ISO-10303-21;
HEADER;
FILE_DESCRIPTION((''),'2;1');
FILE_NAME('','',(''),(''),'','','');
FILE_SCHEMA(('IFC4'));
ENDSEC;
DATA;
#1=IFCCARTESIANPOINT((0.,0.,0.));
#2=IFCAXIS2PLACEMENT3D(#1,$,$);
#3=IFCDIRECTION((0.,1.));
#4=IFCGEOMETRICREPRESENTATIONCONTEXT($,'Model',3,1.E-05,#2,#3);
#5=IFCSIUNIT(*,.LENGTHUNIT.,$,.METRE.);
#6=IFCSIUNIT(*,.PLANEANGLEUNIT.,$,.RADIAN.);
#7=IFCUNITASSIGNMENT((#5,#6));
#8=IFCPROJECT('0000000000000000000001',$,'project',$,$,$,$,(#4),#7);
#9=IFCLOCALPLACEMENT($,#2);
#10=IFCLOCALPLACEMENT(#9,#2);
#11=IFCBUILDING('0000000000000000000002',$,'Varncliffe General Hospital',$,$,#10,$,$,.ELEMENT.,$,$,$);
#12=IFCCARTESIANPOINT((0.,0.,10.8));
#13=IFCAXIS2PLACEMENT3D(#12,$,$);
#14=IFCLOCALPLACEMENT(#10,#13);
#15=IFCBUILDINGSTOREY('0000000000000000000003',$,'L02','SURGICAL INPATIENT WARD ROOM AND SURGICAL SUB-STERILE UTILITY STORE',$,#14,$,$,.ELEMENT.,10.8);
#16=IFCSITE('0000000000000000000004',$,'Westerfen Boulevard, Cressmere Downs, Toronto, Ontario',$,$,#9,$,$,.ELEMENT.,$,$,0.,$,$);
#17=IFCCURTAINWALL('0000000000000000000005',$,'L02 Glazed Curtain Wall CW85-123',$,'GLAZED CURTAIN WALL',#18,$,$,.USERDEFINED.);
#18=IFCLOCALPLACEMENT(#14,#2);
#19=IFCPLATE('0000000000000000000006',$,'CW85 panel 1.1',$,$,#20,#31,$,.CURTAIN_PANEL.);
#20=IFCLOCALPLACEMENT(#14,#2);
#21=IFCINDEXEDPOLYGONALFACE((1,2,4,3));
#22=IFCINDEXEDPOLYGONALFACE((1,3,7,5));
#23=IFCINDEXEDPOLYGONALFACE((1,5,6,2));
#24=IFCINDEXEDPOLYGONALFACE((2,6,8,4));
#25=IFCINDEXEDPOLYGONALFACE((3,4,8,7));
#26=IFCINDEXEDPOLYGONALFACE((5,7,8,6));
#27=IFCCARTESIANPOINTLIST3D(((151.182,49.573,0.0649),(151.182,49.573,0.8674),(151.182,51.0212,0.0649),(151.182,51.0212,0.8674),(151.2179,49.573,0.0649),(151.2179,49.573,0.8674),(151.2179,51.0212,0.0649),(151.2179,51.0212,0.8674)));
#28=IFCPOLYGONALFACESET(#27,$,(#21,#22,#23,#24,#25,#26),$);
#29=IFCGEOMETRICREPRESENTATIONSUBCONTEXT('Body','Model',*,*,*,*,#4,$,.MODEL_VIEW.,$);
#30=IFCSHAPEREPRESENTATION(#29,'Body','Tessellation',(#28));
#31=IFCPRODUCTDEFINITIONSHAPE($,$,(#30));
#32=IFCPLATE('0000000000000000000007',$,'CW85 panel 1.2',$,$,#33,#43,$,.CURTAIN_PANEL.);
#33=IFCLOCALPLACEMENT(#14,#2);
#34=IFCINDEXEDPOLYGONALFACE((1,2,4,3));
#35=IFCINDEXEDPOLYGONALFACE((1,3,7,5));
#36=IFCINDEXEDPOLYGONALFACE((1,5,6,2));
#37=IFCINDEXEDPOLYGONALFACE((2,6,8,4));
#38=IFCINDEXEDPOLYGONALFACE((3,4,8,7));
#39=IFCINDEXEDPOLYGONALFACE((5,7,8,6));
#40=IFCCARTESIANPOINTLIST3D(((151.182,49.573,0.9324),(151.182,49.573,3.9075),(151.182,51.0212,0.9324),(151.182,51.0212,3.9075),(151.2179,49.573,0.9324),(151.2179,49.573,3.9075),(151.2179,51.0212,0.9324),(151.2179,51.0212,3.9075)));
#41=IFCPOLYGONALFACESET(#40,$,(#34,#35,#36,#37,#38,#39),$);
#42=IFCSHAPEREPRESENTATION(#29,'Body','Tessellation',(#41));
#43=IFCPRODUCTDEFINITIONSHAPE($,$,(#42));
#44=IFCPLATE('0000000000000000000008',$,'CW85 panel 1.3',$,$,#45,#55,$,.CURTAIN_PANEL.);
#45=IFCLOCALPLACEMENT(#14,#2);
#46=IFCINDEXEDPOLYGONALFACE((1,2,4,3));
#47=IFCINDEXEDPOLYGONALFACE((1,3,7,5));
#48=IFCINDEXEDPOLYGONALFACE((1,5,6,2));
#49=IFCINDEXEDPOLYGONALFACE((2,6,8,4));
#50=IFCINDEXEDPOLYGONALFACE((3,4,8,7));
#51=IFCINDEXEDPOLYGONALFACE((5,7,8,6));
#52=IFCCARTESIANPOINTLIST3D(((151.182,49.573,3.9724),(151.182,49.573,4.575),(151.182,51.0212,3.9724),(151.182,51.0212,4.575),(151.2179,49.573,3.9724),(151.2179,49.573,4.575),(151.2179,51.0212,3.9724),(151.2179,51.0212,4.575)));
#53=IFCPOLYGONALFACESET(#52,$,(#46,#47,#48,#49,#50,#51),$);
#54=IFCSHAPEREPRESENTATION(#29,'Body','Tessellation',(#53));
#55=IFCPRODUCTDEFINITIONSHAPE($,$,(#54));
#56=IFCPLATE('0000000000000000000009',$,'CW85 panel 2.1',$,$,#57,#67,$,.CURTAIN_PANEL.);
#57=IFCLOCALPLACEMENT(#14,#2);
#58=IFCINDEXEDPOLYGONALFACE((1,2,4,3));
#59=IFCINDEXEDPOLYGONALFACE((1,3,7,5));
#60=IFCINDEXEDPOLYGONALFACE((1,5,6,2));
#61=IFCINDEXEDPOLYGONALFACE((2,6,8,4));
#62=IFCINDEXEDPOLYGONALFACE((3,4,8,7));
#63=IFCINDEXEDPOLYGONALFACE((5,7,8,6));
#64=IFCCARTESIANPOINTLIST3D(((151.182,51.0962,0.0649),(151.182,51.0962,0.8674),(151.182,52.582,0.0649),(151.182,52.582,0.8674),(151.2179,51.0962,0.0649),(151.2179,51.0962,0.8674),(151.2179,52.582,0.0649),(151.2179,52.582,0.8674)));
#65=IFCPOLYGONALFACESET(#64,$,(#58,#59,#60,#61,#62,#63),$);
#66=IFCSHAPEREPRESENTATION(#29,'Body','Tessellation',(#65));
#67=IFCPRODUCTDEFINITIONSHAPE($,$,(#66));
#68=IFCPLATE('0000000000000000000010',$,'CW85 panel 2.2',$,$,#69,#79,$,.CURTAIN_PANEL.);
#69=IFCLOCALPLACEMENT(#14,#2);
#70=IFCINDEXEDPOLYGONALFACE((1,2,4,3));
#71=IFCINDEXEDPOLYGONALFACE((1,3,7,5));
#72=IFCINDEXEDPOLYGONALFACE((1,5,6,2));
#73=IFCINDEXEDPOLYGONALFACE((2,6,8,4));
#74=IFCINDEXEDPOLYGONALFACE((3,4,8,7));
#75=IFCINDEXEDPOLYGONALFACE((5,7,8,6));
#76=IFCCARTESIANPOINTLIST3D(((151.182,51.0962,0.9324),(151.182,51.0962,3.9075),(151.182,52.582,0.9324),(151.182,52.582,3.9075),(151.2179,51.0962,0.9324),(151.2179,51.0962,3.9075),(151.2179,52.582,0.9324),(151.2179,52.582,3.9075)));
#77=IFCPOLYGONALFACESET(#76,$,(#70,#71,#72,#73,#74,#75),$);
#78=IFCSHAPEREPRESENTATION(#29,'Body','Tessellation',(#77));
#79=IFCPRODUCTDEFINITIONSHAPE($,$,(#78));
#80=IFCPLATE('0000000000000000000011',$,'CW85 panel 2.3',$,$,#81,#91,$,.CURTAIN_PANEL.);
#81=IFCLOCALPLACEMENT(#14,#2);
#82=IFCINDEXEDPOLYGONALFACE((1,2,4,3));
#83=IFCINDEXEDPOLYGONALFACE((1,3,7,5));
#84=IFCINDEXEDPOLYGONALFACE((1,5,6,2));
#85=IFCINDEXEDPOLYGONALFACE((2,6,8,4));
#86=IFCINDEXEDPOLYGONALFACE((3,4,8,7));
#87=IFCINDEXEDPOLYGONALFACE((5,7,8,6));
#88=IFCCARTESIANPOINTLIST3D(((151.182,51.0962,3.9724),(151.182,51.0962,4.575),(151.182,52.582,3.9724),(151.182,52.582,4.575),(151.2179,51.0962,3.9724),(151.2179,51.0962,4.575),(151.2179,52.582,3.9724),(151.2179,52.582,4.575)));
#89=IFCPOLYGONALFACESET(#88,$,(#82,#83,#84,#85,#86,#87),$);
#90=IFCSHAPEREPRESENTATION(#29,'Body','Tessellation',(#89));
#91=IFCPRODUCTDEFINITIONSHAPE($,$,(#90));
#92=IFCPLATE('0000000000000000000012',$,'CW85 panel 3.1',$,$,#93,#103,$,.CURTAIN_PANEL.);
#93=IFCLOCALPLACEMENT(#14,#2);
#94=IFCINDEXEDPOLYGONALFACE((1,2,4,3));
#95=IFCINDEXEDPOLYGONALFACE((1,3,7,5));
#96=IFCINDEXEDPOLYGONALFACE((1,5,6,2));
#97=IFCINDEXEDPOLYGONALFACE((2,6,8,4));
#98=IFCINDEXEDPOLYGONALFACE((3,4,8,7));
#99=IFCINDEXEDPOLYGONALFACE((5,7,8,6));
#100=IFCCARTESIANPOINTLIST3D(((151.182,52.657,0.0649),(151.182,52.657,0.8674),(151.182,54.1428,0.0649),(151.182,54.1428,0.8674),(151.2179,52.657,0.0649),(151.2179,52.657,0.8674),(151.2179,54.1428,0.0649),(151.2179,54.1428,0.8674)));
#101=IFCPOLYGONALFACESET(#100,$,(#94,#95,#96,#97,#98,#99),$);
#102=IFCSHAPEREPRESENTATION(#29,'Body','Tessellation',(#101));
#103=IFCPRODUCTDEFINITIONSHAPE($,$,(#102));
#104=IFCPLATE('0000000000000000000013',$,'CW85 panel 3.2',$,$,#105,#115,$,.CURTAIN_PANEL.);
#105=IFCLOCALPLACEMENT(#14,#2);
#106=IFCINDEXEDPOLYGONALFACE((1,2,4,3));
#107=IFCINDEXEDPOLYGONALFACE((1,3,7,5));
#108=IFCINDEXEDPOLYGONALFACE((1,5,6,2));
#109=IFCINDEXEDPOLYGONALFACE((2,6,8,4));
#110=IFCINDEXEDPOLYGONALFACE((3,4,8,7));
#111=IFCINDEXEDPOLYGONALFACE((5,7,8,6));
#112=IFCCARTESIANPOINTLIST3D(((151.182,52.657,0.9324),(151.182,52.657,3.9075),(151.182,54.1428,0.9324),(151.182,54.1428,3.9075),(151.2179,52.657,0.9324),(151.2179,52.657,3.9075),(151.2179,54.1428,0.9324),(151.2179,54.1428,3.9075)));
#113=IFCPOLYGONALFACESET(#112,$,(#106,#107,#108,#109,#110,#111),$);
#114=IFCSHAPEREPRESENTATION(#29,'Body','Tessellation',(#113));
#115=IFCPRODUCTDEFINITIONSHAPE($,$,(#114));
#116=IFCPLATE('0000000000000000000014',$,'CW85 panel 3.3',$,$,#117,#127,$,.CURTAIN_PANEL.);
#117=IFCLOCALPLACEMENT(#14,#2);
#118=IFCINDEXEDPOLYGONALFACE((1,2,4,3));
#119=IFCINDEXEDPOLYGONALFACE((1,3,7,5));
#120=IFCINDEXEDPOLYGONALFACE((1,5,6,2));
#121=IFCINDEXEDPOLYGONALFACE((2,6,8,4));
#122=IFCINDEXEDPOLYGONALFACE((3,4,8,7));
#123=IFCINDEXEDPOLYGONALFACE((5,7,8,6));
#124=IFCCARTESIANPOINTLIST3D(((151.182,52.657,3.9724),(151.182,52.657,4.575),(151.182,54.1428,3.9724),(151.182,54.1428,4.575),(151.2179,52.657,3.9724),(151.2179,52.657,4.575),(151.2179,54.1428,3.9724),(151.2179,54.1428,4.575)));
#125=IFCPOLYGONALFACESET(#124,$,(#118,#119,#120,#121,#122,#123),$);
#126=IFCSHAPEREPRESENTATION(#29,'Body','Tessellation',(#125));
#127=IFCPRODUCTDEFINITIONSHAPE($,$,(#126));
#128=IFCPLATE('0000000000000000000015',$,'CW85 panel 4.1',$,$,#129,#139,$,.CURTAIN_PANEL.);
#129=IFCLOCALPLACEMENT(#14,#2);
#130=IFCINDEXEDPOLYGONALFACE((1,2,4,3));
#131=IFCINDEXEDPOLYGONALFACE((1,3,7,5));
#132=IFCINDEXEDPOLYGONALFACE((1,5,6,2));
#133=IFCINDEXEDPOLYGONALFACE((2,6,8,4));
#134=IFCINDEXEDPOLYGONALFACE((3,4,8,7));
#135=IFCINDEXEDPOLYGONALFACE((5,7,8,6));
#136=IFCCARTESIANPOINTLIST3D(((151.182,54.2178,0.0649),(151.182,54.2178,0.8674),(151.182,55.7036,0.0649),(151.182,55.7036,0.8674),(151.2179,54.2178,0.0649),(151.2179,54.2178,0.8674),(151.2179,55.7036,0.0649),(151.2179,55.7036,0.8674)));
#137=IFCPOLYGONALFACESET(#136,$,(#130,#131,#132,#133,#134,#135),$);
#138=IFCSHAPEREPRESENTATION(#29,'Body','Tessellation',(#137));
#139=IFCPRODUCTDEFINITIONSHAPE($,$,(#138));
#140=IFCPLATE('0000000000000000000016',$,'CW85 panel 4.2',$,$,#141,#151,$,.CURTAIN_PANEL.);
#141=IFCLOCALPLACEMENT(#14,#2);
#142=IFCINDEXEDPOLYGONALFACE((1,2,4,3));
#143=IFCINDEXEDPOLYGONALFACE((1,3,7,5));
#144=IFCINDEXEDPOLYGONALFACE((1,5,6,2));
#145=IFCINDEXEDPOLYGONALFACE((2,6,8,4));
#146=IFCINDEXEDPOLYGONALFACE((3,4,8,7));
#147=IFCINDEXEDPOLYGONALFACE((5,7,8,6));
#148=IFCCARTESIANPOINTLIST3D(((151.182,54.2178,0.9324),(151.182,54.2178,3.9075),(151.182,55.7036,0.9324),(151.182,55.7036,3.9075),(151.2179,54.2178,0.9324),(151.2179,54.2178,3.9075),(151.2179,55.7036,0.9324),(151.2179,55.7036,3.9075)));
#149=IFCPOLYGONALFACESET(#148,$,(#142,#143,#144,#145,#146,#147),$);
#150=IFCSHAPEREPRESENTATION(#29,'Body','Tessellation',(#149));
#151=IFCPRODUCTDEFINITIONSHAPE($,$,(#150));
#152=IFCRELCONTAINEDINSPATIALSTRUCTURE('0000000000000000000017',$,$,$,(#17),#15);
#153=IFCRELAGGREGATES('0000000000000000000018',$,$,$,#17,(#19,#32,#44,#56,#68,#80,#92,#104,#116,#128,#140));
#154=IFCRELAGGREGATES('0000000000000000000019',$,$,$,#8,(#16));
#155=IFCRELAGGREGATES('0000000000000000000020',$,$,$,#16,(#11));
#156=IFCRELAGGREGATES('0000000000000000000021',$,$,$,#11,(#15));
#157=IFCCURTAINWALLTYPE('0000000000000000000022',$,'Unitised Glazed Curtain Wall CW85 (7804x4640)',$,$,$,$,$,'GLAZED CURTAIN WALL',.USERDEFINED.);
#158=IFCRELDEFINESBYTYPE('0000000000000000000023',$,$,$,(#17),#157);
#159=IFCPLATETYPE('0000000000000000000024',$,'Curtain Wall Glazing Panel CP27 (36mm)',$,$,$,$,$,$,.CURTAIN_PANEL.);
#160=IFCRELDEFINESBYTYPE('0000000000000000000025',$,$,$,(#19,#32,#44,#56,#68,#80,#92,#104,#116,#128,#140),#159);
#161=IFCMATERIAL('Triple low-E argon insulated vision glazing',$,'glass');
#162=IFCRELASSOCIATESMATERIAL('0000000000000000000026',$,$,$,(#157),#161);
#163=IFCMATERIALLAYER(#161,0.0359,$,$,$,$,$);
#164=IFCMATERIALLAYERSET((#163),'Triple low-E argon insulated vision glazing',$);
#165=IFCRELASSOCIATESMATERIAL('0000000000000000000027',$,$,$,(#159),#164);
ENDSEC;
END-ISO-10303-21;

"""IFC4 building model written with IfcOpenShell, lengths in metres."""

from ifc_helpers import new_model, si_unit, direction, frame, origin, origin_2d, place, context, subcontext, project, spatial, rectangle, extrude, material, layer, layer_set, type_object, element, aggregate, save


model = new_model("IFC4")

# Units and contexts
model_context = context("Model", 3, precision=1e-05, world=origin(), true_north=direction((0.0, 1.0)))
body_context = subcontext(model_context, "Body", "Model", "MODEL_VIEW")
ifc_project = project(units=[si_unit("LENGTHUNIT", "METRE"), si_unit("PLANEANGLEUNIT", "RADIAN")], contexts=[model_context])

# Site, building, storey
site_placement = place(None, origin())
site = spatial("IfcSite", under=ifc_project, at=site_placement, Name="Westerfen Boulevard, Cressmere Downs, Toronto, Ontario", CompositionType="ELEMENT", RefElevation=0.0)
building_placement = place(site_placement, origin())
building = spatial("IfcBuilding", under=site, at=building_placement, Name="Varncliffe General Hospital", CompositionType="ELEMENT")
storey_placement = place(building_placement, frame((0.0, 0.0, 10.8)))
storey = spatial("IfcBuildingStorey", under=building, at=storey_placement, Name="L02", Description="SURGICAL INPATIENT WARD ROOM AND SURGICAL SUB-STERILE UTILITY STORE", CompositionType="ELEMENT", Elevation=10.8)

# Curtain wall, plates
ifc_material_1 = material(Name="Triple low-E argon insulated vision glazing", Category="glass")
curtain_wall_type = type_object("IfcCurtainWallType", Name="Unitised Glazed Curtain Wall CW85 (7804x4640)", ElementType="GLAZED CURTAIN WALL", PredefinedType="USERDEFINED", material=ifc_material_1)
curtain_wall_placement = place(storey_placement, origin())
curtain_wall = element("IfcCurtainWall", 1, at=curtain_wall_placement, inside=storey, type_object=curtain_wall_type, Name="L02 Glazed Curtain Wall CW85-123", ObjectType="GLAZED CURTAIN WALL", PredefinedType="USERDEFINED")
ifc_layer = layer(ifc_material_1, 0.0359)
ifc_layer_set = layer_set([ifc_layer], Name="Triple low-E argon insulated vision glazing")
plate_type = type_object("IfcPlateType", Name="Curtain Wall Glazing Panel CP27 (36mm)", PredefinedType="CURTAIN_PANEL", material=ifc_layer_set)
plate_1_placement = place(storey_placement, frame((151.2, 50.2971, 0.0649), z_axis=(0.0, 0.0, 1.0), x_axis=(0.0, 1.0, 0.0)))
plate_1 = element("IfcPlate", 2, at=plate_1_placement, type_object=plate_type, Name="CW85 panel 1.1", PredefinedType="CURTAIN_PANEL", context=body_context, shape_type="SweptSolid", body=[
    extrude(rectangle(XDim=1.4482, YDim=0.0359, at=origin_2d()), origin(), (0.0, 0.0, 1.0), 0.8025),
])
plate_2_placement = place(storey_placement, frame((151.2, 50.2971, 0.9324), z_axis=(0.0, 0.0, 1.0), x_axis=(0.0, 1.0, 0.0)))
plate_2 = element("IfcPlate", 3, at=plate_2_placement, type_object=plate_type, Name="CW85 panel 1.2", PredefinedType="CURTAIN_PANEL", context=body_context, shape_type="SweptSolid", body=[
    extrude(rectangle(XDim=1.4482, YDim=0.0359, at=origin_2d()), origin(), (0.0, 0.0, 1.0), 2.9751),
])
plate_3_placement = place(storey_placement, frame((151.2, 50.2971, 3.9724), z_axis=(0.0, 0.0, 1.0), x_axis=(0.0, 1.0, 0.0)))
plate_3 = element("IfcPlate", 4, at=plate_3_placement, type_object=plate_type, Name="CW85 panel 1.3", PredefinedType="CURTAIN_PANEL", context=body_context, shape_type="SweptSolid", body=[
    extrude(rectangle(XDim=1.4482, YDim=0.0359, at=origin_2d()), origin(), (0.0, 0.0, 1.0), 0.6025),
])
plate_4_placement = place(storey_placement, frame((151.2, 51.8391, 0.0649), z_axis=(0.0, 0.0, 1.0), x_axis=(0.0, 1.0, 0.0)))
plate_4 = element("IfcPlate", 5, at=plate_4_placement, type_object=plate_type, Name="CW85 panel 2.1", PredefinedType="CURTAIN_PANEL", context=body_context, shape_type="SweptSolid", body=[
    extrude(rectangle(XDim=1.4858, YDim=0.0359, at=origin_2d()), origin(), (0.0, 0.0, 1.0), 0.8025),
])
plate_5_placement = place(storey_placement, frame((151.2, 51.8391, 0.9324), z_axis=(0.0, 0.0, 1.0), x_axis=(0.0, 1.0, 0.0)))
plate_5 = element("IfcPlate", 6, at=plate_5_placement, type_object=plate_type, Name="CW85 panel 2.2", PredefinedType="CURTAIN_PANEL", context=body_context, shape_type="SweptSolid", body=[
    extrude(rectangle(XDim=1.4858, YDim=0.0359, at=origin_2d()), origin(), (0.0, 0.0, 1.0), 2.9751),
])
plate_6_placement = place(storey_placement, frame((151.2, 51.8391, 3.9724), z_axis=(0.0, 0.0, 1.0), x_axis=(0.0, 1.0, 0.0)))
plate_6 = element("IfcPlate", 7, at=plate_6_placement, type_object=plate_type, Name="CW85 panel 2.3", PredefinedType="CURTAIN_PANEL", context=body_context, shape_type="SweptSolid", body=[
    extrude(rectangle(XDim=1.4858, YDim=0.0359, at=origin_2d()), origin(), (0.0, 0.0, 1.0), 0.6025),
])
plate_7_placement = place(storey_placement, frame((151.2, 53.3999, 0.0649), z_axis=(0.0, 0.0, 1.0), x_axis=(0.0, 1.0, 0.0)))
plate_7 = element("IfcPlate", 8, at=plate_7_placement, type_object=plate_type, Name="CW85 panel 3.1", PredefinedType="CURTAIN_PANEL", context=body_context, shape_type="SweptSolid", body=[
    extrude(rectangle(XDim=1.4858, YDim=0.0359, at=origin_2d()), origin(), (0.0, 0.0, 1.0), 0.8025),
])
plate_8_placement = place(storey_placement, frame((151.2, 53.3999, 0.9324), z_axis=(0.0, 0.0, 1.0), x_axis=(0.0, 1.0, 0.0)))
plate_8 = element("IfcPlate", 9, at=plate_8_placement, type_object=plate_type, Name="CW85 panel 3.2", PredefinedType="CURTAIN_PANEL", context=body_context, shape_type="SweptSolid", body=[
    extrude(rectangle(XDim=1.4858, YDim=0.0359, at=origin_2d()), origin(), (0.0, 0.0, 1.0), 2.9751),
])
plate_9_placement = place(storey_placement, frame((151.2, 53.3999, 3.9724), z_axis=(0.0, 0.0, 1.0), x_axis=(0.0, 1.0, 0.0)))
plate_9 = element("IfcPlate", 10, at=plate_9_placement, type_object=plate_type, Name="CW85 panel 3.3", PredefinedType="CURTAIN_PANEL", context=body_context, shape_type="SweptSolid", body=[
    extrude(rectangle(XDim=1.4858, YDim=0.0359, at=origin_2d()), origin(), (0.0, 0.0, 1.0), 0.6025),
])
plate_10_placement = place(storey_placement, frame((151.2, 54.9607, 0.0649), z_axis=(0.0, 0.0, 1.0), x_axis=(0.0, 1.0, 0.0)))
plate_10 = element("IfcPlate", 11, at=plate_10_placement, type_object=plate_type, Name="CW85 panel 4.1", PredefinedType="CURTAIN_PANEL", context=body_context, shape_type="SweptSolid", body=[
    extrude(rectangle(XDim=1.4858, YDim=0.0359, at=origin_2d()), origin(), (0.0, 0.0, 1.0), 0.8025),
])
plate_11_placement = place(storey_placement, frame((151.2, 54.9607, 0.9324), z_axis=(0.0, 0.0, 1.0), x_axis=(0.0, 1.0, 0.0)))
plate_11 = element("IfcPlate", 12, at=plate_11_placement, type_object=plate_type, Name="CW85 panel 4.2", PredefinedType="CURTAIN_PANEL", context=body_context, shape_type="SweptSolid", body=[
    extrude(rectangle(XDim=1.4858, YDim=0.0359, at=origin_2d()), origin(), (0.0, 0.0, 1.0), 2.9751),
])
aggregate(curtain_wall, [plate_1, plate_2, plate_3, plate_4, plate_5, plate_6, plate_7, plate_8, plate_9, plate_10, plate_11])

save(model, "model.ifc")
